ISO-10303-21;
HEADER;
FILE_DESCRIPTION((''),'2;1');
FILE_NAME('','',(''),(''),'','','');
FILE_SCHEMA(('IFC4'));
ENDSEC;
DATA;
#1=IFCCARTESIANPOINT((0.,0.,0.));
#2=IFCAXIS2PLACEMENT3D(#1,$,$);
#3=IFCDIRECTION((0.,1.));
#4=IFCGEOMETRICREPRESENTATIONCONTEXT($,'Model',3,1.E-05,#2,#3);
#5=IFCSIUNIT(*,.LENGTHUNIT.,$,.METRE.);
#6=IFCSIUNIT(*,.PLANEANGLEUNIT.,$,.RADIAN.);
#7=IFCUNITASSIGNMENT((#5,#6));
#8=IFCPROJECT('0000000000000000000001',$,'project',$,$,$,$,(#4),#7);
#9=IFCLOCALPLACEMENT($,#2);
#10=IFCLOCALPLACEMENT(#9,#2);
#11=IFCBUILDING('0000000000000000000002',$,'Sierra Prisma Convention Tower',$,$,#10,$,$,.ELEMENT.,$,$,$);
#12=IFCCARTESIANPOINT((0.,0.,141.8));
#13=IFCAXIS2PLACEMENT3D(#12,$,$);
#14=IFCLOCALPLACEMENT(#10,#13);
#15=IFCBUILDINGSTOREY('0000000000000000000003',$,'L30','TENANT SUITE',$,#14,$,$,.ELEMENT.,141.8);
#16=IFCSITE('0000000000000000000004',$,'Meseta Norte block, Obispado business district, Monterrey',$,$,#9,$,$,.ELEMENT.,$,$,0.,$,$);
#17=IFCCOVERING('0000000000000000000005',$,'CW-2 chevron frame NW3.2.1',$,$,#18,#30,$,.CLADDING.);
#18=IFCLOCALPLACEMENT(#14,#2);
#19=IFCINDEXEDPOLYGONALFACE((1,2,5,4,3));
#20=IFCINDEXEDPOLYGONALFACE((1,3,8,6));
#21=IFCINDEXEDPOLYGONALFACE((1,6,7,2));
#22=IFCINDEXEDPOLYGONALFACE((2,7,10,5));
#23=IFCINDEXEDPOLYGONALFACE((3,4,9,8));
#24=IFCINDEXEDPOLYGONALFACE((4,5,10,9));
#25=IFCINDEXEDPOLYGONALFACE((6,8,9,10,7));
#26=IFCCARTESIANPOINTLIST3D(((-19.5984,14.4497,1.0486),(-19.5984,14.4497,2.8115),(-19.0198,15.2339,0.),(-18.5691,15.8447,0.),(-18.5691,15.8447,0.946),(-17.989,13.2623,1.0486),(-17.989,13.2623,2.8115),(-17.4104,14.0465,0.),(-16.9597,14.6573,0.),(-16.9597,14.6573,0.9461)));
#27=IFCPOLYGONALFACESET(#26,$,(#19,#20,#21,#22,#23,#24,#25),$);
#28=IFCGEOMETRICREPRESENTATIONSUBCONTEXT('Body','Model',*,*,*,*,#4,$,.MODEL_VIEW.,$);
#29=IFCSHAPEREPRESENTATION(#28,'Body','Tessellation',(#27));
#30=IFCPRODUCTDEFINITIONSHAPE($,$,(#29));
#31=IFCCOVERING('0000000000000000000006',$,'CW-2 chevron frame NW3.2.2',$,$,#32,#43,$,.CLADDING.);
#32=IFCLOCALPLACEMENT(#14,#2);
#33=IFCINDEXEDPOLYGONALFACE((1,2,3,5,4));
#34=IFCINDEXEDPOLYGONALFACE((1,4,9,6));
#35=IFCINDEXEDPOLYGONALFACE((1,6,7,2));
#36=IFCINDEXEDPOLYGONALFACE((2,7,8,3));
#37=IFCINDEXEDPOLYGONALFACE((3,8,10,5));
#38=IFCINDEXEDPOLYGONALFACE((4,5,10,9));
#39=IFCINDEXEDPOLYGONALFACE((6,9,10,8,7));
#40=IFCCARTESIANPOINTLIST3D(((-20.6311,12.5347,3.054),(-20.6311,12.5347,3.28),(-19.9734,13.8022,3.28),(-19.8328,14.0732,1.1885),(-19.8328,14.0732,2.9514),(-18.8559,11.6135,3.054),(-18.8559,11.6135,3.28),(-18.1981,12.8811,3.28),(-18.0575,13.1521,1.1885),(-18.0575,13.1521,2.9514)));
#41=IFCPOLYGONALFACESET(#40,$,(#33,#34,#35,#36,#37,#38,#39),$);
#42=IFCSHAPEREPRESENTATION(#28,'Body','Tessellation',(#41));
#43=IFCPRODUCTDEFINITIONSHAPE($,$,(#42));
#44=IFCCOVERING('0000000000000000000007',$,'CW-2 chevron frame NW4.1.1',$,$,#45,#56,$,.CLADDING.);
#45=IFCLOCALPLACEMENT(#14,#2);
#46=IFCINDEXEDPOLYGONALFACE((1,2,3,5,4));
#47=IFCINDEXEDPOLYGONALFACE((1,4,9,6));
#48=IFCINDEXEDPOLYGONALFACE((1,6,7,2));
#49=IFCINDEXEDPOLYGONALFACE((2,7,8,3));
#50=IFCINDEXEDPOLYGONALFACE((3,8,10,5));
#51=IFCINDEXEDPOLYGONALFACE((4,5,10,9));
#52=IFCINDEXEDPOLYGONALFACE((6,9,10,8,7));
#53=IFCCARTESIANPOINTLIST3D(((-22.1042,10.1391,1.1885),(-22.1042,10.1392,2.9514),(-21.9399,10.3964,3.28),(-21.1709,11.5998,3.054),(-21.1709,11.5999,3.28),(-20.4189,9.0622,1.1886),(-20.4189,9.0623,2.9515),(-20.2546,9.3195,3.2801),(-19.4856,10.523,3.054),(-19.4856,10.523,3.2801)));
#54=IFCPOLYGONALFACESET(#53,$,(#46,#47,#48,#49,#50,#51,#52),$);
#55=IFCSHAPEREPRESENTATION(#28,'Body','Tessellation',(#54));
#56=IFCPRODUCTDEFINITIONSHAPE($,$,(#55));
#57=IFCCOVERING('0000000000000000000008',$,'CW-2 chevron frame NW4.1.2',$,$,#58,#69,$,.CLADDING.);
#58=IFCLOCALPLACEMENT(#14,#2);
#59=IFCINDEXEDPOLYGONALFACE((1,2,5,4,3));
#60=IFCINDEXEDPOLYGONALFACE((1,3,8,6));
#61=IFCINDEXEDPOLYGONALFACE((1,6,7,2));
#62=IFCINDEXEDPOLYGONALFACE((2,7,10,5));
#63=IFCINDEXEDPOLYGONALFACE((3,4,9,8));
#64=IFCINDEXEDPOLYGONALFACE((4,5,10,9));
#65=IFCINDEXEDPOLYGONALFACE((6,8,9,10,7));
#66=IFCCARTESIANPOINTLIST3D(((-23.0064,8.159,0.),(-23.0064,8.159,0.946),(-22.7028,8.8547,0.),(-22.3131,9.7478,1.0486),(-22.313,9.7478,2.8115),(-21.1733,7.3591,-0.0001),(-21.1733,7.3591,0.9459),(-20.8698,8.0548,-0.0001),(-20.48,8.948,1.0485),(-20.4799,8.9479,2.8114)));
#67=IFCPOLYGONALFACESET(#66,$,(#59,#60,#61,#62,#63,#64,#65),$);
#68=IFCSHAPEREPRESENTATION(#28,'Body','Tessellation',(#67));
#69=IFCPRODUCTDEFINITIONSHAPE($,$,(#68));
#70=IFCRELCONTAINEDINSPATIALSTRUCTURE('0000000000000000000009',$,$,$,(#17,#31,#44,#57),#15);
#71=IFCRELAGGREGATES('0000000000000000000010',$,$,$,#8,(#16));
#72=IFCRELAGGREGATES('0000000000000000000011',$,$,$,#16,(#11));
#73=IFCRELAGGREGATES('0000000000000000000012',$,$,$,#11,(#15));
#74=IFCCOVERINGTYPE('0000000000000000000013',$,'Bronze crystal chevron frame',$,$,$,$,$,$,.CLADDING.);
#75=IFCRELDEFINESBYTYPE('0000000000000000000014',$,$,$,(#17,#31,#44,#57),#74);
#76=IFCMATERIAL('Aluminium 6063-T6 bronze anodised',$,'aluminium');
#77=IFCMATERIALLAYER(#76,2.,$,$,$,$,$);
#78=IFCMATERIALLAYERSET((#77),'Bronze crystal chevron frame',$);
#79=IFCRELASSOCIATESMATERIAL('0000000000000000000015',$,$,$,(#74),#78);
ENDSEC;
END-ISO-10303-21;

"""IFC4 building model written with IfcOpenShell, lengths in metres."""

from ifc_helpers import new_model, si_unit, direction, frame, origin, place, context, subcontext, project, spatial, polyline, outline, extrude, material, layer, layer_set, type_object, element, save


model = new_model("IFC4")

# Units and contexts
model_context = context("Model", 3, precision=1e-05, world=origin(), true_north=direction((0.0, 1.0)))
body_context = subcontext(model_context, "Body", "Model", "MODEL_VIEW")
ifc_project = project(units=[si_unit("LENGTHUNIT", "METRE"), si_unit("PLANEANGLEUNIT", "RADIAN")], contexts=[model_context])

# Site, building, storey
site_placement = place(None, origin())
site = spatial("IfcSite", under=ifc_project, at=site_placement, Name="Meseta Norte block, Obispado business district, Monterrey", CompositionType="ELEMENT", RefElevation=0.0)
building_placement = place(site_placement, origin())
building = spatial("IfcBuilding", under=site, at=building_placement, Name="Sierra Prisma Convention Tower", CompositionType="ELEMENT")
storey_placement = place(building_placement, frame((0.0, 0.0, 141.8)))
storey = spatial("IfcBuildingStorey", under=building, at=storey_placement, Name="L30", Description="TENANT SUITE", CompositionType="ELEMENT", Elevation=141.8)

# Coverings
ifc_material_1 = material(Name="Aluminium 6063-T6 bronze anodised", Category="aluminium")
ifc_layer_1 = layer(ifc_material_1, 2.0)
ifc_layer_set_1 = layer_set([ifc_layer_1], Name="Bronze crystal chevron frame")
covering_type = type_object("IfcCoveringType", Name="Bronze crystal chevron frame", PredefinedType="CLADDING", material=ifc_layer_set_1)
covering_1_placement = place(storey_placement, frame((-18.5691, 15.8447, 0.0), z_axis=(-0.804675, 0.593716, -0.000004), x_axis=(-0.593716, -0.804675, 0.0)))
element("IfcCovering", 1, at=covering_1_placement, inside=storey, type_object=covering_type, Name="CW-2 chevron frame NW3.2.1", PredefinedType="CLADDING", context=body_context, shape_type="SweptSolid", body=[
    extrude(outline(polyline([(0.0, 0.0), (0.7591, 0.0), (1.7336, 1.0486), (1.7336, 2.8115), (0.0, 0.946), (0.0, 0.0)])), origin(), (0.0, 0.0, -1.0), 2.0),
])
covering_2_placement = place(storey_placement, frame((-20.6311, 12.5347, 3.28), z_axis=(-0.887623, 0.460571, -0.000004), x_axis=(0.460571, 0.887623, 0.0)))
element("IfcCovering", 2, at=covering_2_placement, inside=storey, type_object=covering_type, Name="CW-2 chevron frame NW3.2.2", PredefinedType="CLADDING", context=body_context, shape_type="SweptSolid", body=[
    extrude(outline(polyline([(0.0, 0.0), (1.4281, 0.0), (1.7334, 0.3286), (1.7334, 2.0916), (0.0, 0.2261), (0.0, 0.0)])), origin(), (0.0, 0.0, -1.0), 2.0),
])
covering_3_placement = place(storey_placement, frame((-21.1709, 11.5999, 3.28), z_axis=(-0.842658, 0.538449, -0.000044), x_axis=(0.000037, -0.000024, -1.0)))
element("IfcCovering", 3, at=covering_3_placement, inside=storey, type_object=covering_type, Name="CW-2 chevron frame NW4.1.1", PredefinedType="CLADDING", context=body_context, shape_type="SweptSolid", body=[
    extrude(outline(polyline([(0.0, 0.0), (0.2261, 0.0), (2.0916, 1.7334), (0.3286, 1.7334), (0.0, 1.4281), (0.0, 0.0)])), origin(), (0.0, 0.0, -1.0), 2.0),
])
covering_4_placement = place(storey_placement, frame((-22.313, 9.7478, 2.8115), z_axis=(-0.916544, 0.399934, 0.000049), x_axis=(-0.000045, 0.00002, -1.0)))
element("IfcCovering", 4, at=covering_4_placement, inside=storey, type_object=covering_type, Name="CW-2 chevron frame NW4.1.2", PredefinedType="CLADDING", context=body_context, shape_type="SweptSolid", body=[
    extrude(outline(polyline([(0.0, 0.0), (1.7629, 0.0), (2.8115, 0.9745), (2.8115, 1.7336), (1.8655, 1.7336), (0.0, 0.0)])), origin(), (0.0, 0.0, -1.0), 2.0),
])

save(model, "model.ifc")
